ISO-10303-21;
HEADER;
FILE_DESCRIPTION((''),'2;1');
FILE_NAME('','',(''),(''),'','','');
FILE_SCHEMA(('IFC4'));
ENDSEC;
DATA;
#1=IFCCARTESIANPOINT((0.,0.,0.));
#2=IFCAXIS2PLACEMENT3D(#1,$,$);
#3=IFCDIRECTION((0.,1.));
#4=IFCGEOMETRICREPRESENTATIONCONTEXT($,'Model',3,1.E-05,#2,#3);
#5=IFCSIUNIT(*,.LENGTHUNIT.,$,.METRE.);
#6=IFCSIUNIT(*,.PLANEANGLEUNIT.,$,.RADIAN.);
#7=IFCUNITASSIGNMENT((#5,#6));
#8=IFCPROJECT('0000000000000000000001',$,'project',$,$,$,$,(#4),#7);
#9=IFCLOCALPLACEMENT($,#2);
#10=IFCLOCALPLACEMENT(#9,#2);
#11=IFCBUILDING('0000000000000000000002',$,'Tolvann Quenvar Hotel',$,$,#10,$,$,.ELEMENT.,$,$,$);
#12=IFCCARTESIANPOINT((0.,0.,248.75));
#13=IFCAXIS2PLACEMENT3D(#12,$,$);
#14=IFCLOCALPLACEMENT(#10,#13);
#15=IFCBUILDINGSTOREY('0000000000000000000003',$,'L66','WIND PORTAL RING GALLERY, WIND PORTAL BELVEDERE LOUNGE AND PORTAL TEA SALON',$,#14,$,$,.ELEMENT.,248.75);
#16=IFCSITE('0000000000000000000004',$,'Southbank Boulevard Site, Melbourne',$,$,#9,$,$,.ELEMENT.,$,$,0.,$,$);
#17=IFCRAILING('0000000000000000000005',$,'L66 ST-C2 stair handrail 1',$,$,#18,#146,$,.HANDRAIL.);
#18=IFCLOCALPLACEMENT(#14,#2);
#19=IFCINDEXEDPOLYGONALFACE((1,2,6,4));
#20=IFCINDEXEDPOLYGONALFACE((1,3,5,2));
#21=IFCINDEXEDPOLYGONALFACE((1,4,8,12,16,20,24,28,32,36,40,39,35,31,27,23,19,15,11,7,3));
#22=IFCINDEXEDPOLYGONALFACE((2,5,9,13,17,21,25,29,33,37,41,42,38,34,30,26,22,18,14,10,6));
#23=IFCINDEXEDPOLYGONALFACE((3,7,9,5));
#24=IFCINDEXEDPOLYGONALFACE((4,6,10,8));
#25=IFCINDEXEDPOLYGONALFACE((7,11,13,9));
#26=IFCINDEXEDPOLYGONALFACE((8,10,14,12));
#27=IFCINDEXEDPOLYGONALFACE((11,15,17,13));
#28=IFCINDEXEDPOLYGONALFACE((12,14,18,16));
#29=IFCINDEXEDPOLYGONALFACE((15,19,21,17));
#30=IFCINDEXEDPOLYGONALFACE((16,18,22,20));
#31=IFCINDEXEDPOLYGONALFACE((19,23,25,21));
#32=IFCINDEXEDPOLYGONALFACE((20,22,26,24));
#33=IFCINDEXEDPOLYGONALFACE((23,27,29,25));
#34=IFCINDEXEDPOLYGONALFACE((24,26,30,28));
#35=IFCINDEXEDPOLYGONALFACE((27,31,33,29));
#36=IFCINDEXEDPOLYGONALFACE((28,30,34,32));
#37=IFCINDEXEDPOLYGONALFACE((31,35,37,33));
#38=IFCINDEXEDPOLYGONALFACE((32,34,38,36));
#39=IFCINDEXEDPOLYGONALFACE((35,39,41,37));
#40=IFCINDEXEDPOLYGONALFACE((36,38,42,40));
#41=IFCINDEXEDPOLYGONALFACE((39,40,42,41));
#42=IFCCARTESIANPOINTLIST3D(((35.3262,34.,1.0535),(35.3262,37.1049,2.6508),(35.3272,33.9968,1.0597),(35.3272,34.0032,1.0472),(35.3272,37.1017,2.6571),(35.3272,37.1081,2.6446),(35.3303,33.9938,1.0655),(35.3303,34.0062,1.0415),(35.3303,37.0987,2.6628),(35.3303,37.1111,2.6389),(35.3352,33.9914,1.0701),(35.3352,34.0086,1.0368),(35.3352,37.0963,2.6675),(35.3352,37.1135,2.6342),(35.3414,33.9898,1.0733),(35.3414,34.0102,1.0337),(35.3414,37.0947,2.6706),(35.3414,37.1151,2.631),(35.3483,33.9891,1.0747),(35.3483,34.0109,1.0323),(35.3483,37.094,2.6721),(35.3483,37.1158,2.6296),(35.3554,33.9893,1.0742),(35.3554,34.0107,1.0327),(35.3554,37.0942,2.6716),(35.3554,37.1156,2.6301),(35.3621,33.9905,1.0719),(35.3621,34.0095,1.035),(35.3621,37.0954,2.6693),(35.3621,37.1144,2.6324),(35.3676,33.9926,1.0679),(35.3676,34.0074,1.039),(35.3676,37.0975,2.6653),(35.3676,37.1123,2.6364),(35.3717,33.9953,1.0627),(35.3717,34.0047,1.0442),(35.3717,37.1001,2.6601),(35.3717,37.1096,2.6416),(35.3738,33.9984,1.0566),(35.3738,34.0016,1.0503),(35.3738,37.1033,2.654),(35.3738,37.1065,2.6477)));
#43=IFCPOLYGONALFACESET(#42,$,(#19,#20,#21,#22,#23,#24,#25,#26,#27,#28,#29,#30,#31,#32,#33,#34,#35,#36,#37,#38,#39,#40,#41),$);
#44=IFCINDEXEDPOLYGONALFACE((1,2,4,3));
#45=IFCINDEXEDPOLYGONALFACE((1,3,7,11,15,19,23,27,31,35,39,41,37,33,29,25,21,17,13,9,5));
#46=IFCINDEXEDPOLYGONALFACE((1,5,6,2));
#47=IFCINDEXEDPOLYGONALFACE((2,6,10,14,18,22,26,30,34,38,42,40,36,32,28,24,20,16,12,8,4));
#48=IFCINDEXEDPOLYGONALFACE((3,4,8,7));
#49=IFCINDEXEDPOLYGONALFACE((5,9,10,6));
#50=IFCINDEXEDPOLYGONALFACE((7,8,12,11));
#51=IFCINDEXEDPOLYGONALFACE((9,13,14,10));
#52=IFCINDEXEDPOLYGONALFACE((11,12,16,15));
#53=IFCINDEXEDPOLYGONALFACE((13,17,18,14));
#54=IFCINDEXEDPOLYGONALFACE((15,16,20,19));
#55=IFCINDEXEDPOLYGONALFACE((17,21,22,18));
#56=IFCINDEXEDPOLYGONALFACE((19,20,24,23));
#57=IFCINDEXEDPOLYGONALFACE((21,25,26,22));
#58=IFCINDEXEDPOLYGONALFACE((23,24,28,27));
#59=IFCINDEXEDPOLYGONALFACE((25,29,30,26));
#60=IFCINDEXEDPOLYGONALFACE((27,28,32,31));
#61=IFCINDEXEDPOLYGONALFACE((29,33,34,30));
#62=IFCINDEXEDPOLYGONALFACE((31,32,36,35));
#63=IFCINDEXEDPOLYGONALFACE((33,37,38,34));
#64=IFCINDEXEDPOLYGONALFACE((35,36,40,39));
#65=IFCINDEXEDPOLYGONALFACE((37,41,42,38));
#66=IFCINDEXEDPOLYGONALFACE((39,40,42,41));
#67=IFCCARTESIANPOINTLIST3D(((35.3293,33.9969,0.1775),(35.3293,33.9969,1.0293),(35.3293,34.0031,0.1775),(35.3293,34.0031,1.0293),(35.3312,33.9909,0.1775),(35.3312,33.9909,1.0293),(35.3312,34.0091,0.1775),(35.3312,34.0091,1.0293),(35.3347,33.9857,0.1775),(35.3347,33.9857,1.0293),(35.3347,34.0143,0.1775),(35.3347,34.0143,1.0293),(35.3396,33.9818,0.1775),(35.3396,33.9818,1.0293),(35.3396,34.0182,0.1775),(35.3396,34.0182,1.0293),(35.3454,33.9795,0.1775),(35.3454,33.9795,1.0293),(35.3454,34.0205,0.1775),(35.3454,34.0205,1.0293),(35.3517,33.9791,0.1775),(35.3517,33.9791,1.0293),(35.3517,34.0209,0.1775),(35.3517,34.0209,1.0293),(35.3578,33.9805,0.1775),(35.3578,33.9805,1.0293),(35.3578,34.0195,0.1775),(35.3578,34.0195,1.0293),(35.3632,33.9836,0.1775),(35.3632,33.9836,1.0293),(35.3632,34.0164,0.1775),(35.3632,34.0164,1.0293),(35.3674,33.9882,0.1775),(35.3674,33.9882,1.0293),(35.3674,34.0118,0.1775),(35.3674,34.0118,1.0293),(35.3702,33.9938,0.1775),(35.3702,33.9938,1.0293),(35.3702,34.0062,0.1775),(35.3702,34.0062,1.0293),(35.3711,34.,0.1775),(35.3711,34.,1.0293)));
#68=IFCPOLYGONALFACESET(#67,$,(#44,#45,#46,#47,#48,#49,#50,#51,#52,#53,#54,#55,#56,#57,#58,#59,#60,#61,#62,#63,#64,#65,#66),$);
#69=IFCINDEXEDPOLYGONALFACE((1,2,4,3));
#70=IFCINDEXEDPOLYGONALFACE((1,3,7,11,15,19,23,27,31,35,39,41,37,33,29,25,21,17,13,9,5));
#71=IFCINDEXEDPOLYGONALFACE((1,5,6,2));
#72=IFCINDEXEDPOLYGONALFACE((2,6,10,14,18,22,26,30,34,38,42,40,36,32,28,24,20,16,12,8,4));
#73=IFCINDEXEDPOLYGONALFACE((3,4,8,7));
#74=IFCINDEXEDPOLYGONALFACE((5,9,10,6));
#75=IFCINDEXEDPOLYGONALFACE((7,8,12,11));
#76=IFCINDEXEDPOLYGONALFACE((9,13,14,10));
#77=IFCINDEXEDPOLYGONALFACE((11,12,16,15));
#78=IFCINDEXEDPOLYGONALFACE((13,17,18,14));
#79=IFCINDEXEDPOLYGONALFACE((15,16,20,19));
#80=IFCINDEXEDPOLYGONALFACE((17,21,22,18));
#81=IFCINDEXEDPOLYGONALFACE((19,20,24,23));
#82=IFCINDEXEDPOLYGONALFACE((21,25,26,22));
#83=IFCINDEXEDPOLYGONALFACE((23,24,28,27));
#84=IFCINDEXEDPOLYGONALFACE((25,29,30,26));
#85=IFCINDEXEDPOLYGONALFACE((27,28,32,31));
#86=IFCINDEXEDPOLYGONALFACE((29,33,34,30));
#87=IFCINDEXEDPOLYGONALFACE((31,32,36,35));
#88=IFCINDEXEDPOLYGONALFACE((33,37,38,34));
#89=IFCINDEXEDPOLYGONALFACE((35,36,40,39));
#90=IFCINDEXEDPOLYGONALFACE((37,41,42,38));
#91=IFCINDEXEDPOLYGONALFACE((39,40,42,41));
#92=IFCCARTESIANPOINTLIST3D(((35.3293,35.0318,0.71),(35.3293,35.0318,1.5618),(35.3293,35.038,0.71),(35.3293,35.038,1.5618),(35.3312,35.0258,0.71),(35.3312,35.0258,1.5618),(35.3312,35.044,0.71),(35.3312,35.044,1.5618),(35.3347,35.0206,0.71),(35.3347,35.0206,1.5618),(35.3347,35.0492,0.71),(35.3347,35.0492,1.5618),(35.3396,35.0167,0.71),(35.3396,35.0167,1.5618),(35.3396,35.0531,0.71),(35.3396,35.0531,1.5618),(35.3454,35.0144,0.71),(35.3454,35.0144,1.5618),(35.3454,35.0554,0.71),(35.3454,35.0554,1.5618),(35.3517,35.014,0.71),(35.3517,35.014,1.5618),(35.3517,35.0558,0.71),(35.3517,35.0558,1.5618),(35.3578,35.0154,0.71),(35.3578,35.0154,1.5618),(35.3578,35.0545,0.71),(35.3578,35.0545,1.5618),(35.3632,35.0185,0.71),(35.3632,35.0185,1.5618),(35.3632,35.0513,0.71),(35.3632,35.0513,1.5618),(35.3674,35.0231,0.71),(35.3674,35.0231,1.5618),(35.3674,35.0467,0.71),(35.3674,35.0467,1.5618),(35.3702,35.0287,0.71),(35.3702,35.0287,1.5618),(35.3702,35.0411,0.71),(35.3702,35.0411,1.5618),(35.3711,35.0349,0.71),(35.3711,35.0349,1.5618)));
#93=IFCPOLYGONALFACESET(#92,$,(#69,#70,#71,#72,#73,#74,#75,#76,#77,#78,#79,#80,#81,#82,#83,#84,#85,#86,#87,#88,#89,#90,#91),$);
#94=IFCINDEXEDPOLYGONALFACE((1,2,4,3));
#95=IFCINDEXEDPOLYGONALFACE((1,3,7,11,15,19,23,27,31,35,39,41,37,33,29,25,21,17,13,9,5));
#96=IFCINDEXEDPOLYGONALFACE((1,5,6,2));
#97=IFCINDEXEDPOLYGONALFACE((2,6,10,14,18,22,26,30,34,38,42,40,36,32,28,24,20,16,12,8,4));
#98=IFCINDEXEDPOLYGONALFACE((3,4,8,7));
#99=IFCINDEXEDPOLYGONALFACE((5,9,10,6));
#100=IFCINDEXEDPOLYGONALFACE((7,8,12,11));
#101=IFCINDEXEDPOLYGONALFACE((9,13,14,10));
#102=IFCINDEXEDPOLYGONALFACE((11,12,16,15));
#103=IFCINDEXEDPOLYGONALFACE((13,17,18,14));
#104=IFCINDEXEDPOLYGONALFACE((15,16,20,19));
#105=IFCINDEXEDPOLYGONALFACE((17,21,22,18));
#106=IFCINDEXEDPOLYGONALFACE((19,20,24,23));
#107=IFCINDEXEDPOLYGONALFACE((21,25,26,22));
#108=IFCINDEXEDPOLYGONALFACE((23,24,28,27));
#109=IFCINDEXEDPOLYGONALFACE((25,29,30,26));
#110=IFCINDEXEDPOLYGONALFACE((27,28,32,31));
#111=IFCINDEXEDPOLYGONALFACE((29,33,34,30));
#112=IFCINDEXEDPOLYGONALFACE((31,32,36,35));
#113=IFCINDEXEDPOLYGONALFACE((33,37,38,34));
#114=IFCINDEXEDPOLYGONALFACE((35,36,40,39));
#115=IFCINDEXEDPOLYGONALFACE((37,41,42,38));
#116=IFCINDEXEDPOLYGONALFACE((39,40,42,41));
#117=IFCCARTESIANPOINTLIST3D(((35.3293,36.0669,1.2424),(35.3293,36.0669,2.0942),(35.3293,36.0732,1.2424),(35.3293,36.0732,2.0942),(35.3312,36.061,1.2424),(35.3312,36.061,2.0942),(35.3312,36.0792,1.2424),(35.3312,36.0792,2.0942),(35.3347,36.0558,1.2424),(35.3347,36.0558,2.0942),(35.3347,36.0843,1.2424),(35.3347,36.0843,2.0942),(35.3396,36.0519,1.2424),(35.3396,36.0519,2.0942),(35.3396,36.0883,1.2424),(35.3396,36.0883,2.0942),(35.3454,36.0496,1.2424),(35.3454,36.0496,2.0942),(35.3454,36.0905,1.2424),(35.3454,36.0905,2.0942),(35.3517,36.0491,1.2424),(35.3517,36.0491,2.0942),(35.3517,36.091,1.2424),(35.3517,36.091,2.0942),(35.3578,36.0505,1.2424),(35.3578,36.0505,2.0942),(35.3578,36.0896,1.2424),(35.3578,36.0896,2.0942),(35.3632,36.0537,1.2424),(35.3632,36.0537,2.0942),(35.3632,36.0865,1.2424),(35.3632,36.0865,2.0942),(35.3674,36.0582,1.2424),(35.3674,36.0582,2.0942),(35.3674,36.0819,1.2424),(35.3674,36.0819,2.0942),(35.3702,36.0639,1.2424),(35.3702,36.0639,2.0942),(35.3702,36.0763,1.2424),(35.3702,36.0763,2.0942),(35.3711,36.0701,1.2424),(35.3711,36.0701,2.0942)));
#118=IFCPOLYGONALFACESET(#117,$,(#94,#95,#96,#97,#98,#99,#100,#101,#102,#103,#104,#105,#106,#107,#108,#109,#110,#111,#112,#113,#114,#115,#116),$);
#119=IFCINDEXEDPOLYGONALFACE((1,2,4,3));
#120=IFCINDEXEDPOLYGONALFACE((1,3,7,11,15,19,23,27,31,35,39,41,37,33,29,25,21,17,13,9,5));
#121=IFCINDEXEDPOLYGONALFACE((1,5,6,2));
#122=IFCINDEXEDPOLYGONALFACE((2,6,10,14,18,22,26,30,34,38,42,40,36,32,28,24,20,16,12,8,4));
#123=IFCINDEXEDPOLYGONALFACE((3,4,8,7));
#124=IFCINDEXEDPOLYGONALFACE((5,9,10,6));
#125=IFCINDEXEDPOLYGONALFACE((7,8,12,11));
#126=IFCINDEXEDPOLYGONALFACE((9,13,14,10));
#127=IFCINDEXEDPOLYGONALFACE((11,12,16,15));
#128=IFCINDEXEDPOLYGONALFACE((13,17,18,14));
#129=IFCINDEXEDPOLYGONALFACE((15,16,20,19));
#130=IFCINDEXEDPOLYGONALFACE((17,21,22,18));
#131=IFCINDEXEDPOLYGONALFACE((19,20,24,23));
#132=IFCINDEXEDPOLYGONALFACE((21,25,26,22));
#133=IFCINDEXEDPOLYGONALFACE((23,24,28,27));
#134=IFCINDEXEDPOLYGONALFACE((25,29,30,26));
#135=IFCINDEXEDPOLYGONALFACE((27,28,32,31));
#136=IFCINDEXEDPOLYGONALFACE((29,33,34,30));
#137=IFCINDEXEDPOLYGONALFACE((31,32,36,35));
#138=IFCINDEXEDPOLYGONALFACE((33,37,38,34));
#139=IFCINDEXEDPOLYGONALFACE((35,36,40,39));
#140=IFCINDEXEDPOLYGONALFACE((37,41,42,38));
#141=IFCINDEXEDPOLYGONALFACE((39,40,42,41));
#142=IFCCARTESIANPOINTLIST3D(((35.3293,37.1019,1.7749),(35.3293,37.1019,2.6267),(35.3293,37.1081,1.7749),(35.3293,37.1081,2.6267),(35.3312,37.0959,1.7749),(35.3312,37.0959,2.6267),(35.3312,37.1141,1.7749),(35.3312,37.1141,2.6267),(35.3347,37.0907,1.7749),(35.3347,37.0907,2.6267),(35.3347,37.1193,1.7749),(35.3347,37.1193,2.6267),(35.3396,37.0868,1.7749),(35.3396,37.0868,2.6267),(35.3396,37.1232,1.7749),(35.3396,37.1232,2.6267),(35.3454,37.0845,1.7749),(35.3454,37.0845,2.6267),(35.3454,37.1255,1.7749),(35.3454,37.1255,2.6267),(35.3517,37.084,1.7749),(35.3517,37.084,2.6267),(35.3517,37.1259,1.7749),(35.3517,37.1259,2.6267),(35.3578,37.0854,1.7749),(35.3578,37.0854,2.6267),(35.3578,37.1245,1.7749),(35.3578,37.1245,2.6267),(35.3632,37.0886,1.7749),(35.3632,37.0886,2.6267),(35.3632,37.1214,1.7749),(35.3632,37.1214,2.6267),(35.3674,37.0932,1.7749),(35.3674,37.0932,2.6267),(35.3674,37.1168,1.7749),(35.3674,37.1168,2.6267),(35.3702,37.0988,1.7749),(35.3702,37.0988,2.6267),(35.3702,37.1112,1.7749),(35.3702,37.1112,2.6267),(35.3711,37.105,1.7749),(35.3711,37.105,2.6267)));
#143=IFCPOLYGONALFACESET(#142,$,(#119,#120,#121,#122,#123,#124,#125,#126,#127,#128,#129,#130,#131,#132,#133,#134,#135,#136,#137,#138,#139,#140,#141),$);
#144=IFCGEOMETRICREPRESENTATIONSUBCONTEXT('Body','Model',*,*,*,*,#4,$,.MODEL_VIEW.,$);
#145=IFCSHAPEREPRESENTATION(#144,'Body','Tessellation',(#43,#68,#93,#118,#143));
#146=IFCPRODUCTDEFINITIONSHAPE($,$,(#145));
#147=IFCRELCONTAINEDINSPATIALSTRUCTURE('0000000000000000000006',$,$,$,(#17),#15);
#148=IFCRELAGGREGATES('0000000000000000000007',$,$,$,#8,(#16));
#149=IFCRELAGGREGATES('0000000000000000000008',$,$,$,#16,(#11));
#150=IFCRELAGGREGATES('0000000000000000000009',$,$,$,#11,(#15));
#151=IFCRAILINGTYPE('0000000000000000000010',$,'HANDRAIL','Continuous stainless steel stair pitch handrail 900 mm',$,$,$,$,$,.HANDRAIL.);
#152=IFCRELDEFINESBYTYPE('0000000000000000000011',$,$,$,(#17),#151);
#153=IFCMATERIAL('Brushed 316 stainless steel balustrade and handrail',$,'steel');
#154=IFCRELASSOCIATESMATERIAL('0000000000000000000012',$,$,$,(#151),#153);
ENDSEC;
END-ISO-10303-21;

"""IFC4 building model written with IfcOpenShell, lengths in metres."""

from ifc_helpers import new_model, si_unit, direction, frame, origin, origin_2d, place, context, subcontext, project, spatial, circle, extrude, material, type_object, element, save


model = new_model("IFC4")

# Units and contexts
model_context = context("Model", 3, precision=1e-05, world=origin(), true_north=direction((0.0, 1.0)))
body_context = subcontext(model_context, "Body", "Model", "MODEL_VIEW")
ifc_project = project(units=[si_unit("LENGTHUNIT", "METRE"), si_unit("PLANEANGLEUNIT", "RADIAN")], contexts=[model_context])

# Site, building, storey
site_placement = place(None, origin())
site = spatial("IfcSite", under=ifc_project, at=site_placement, Name="Southbank Boulevard Site, Melbourne", CompositionType="ELEMENT", RefElevation=0.0)
building_placement = place(site_placement, origin())
building = spatial("IfcBuilding", under=site, at=building_placement, Name="Tolvann Quenvar Hotel", CompositionType="ELEMENT")
storey_placement = place(building_placement, frame((0.0, 0.0, 248.75)))
storey = spatial("IfcBuildingStorey", under=building, at=storey_placement, Name="L66", Description="WIND PORTAL RING GALLERY, WIND PORTAL BELVEDERE LOUNGE AND PORTAL TEA SALON", CompositionType="ELEMENT", Elevation=248.75)

# Railing
ifc_material_1 = material(Name="Brushed 316 stainless steel balustrade and handrail", Category="steel")
railing_type_1 = type_object("IfcRailingType", Name="HANDRAIL", Description="Continuous stainless steel stair pitch handrail 900 mm", PredefinedType="HANDRAIL", material=ifc_material_1)
railing_1_placement = place(storey_placement, frame((35.3501, 34.0, 0.1775)))
element("IfcRailing", 1, at=railing_1_placement, inside=storey, type_object=railing_type_1, Name="L66 ST-C2 stair handrail 1", PredefinedType="HANDRAIL", context=body_context, shape_type="SweptSolid", body=[
    extrude(circle(Radius=0.0239, at=origin_2d()), frame((0.0, 0.0, 0.876), z_axis=(0.0, 0.889222, 0.457476), x_axis=(-1.0, 0.0, 0.0)), (0.0, 0.0, 1.0), 3.4917),
    extrude(circle(Radius=0.021, at=origin_2d()), origin(), (0.0, 0.0, 1.0), 0.8518),
    extrude(circle(Radius=0.021, at=origin_2d()), frame((0.0, 1.0349, 0.5325)), (0.0, 0.0, 1.0), 0.8518),
    extrude(circle(Radius=0.021, at=origin_2d()), frame((0.0, 2.0701, 1.0649)), (0.0, 0.0, 1.0), 0.8518),
    extrude(circle(Radius=0.021, at=origin_2d()), frame((0.0, 3.105, 1.5974)), (0.0, 0.0, 1.0), 0.8518),
])

save(model, "model.ifc")
